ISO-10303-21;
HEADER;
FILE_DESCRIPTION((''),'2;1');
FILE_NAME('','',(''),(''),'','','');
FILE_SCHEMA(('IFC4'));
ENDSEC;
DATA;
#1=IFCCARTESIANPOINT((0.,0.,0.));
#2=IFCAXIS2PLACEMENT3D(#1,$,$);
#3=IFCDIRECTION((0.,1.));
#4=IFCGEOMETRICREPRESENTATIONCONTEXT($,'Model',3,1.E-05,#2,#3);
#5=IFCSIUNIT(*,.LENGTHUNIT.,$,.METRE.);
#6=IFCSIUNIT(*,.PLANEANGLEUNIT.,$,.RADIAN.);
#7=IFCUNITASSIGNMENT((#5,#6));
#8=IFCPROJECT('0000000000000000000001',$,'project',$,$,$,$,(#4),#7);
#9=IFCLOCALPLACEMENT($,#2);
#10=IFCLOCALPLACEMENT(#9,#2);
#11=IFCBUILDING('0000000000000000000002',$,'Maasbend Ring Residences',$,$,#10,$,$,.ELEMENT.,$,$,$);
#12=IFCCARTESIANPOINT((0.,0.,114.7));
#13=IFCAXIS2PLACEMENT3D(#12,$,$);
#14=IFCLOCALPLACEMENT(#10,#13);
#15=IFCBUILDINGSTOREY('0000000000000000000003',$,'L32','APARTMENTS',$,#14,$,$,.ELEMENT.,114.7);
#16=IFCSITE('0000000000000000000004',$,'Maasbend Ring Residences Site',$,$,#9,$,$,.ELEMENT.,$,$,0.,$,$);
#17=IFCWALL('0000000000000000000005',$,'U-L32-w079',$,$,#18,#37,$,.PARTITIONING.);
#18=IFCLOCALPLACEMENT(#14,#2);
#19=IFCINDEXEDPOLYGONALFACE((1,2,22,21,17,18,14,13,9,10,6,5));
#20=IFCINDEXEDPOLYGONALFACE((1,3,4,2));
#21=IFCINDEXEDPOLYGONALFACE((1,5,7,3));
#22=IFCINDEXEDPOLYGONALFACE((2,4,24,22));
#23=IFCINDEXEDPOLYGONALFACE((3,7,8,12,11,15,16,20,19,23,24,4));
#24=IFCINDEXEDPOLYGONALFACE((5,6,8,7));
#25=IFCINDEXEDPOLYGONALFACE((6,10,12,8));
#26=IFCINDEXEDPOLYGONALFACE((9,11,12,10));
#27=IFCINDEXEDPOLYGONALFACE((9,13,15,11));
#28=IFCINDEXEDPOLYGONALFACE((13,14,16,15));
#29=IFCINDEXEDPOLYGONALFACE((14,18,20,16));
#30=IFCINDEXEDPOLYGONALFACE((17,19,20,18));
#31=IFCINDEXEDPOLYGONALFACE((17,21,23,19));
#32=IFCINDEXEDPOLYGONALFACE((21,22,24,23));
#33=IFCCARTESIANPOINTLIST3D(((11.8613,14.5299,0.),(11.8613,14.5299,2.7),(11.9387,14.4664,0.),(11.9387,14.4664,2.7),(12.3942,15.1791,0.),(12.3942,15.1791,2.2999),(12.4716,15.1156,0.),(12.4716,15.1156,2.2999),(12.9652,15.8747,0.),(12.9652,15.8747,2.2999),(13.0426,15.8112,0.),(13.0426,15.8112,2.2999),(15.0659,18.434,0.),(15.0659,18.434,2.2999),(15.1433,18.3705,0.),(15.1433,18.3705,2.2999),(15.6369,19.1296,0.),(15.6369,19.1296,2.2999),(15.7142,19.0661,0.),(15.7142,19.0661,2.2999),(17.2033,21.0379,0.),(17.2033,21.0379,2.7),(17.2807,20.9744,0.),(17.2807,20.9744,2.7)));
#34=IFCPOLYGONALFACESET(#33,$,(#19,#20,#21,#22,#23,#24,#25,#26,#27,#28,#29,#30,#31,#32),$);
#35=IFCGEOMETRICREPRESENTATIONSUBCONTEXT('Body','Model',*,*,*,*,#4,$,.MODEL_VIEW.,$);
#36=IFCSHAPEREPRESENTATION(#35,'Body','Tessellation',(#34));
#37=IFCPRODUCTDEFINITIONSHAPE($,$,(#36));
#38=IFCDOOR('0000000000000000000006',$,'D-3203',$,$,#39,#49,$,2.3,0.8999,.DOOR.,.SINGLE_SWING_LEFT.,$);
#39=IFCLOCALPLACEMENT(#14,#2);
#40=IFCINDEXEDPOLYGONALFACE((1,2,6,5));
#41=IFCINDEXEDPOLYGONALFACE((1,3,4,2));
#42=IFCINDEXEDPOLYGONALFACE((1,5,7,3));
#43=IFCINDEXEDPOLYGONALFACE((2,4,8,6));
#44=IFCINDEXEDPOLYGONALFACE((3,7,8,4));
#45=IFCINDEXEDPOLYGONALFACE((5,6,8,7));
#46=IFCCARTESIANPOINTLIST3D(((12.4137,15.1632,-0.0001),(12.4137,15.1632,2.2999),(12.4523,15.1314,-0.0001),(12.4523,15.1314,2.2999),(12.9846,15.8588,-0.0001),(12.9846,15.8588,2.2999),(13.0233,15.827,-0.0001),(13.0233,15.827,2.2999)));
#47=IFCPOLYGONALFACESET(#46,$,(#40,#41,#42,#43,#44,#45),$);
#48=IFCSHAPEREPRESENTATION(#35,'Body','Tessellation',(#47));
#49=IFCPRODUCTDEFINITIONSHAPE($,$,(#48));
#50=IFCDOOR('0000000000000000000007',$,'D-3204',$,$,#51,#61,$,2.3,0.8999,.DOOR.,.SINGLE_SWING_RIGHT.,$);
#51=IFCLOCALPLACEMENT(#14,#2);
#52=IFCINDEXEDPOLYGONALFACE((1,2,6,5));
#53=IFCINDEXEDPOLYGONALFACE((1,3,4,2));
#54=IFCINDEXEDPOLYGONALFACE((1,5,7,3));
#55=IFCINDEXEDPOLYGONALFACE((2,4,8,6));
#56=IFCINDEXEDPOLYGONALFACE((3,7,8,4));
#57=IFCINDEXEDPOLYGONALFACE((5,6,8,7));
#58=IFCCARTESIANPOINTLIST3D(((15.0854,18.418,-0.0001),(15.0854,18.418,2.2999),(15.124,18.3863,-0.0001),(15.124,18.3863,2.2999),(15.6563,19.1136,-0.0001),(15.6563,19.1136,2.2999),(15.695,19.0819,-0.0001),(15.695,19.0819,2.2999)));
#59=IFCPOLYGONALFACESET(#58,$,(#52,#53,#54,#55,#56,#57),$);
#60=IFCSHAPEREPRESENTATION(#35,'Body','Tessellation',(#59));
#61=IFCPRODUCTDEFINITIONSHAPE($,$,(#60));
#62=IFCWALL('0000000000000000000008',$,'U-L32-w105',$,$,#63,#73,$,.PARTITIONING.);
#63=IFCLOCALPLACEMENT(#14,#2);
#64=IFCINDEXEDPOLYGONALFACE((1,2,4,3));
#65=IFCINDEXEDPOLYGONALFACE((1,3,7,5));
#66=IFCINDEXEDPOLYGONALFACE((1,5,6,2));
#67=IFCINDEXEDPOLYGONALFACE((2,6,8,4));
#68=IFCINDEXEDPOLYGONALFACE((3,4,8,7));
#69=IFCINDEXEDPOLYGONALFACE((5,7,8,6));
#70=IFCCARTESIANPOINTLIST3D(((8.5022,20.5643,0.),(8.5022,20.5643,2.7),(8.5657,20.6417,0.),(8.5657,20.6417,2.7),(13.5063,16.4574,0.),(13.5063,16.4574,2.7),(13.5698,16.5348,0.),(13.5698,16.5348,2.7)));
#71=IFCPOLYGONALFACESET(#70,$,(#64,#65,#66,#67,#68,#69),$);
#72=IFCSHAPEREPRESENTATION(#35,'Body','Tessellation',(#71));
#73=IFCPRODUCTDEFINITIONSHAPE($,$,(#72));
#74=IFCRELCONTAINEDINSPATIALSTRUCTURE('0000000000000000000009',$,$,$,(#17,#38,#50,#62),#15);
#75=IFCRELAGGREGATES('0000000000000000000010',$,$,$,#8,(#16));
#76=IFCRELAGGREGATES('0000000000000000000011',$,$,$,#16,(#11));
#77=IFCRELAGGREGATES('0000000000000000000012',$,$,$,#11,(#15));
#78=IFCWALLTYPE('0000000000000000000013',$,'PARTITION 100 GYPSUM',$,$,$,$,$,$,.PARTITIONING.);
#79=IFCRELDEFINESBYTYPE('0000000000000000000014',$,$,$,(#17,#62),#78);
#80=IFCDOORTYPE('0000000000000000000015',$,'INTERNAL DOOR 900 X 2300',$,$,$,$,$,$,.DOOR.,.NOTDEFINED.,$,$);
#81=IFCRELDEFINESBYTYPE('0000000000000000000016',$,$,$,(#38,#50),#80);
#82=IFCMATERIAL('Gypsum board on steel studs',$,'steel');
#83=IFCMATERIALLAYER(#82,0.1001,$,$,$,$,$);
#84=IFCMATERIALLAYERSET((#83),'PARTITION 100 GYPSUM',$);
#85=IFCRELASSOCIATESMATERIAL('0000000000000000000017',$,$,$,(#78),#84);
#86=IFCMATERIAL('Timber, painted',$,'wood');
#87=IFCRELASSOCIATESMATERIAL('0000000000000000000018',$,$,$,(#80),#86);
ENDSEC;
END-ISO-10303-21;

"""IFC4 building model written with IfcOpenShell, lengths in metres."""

from ifc_helpers import new_model, si_unit, direction, frame, frame_2d, origin, place, context, subcontext, project, spatial, rectangle, extrude, material, layer, layer_set, type_object, element, fill, save


model = new_model("IFC4")

# Units and contexts
model_context = context("Model", 3, precision=1e-05, world=origin(), true_north=direction((0.0, 1.0)))
body_context = subcontext(model_context, "Body", "Model", "MODEL_VIEW")
ifc_project = project(units=[si_unit("LENGTHUNIT", "METRE"), si_unit("PLANEANGLEUNIT", "RADIAN")], contexts=[model_context])

# Site, building, storey
site_placement = place(None, origin())
site = spatial("IfcSite", under=ifc_project, at=site_placement, Name="Maasbend Ring Residences Site", CompositionType="ELEMENT", RefElevation=0.0)
building_placement = place(site_placement, origin())
building = spatial("IfcBuilding", under=site, at=building_placement, Name="Maasbend Ring Residences", CompositionType="ELEMENT")
storey_placement = place(building_placement, frame((0.0, 0.0, 114.7)))
storey = spatial("IfcBuildingStorey", under=building, at=storey_placement, Name="L32", Description="APARTMENTS", CompositionType="ELEMENT", Elevation=114.7)

# Shared definitions
ifc_material_1 = material(Name="Gypsum board on steel studs", Category="steel")
ifc_layer_1 = layer(ifc_material_1, 0.1001)
ifc_layer_set_1 = layer_set([ifc_layer_1], Name="PARTITION 100 GYPSUM")
wall_type_1 = type_object("IfcWallType", Name="PARTITION 100 GYPSUM", PredefinedType="PARTITIONING", material=ifc_layer_set_1)
ifc_material_2 = material(Name="Timber, painted", Category="wood")
door_type_1 = type_object("IfcDoorType", Name="INTERNAL DOOR 900 X 2300", OperationType="NOTDEFINED", PredefinedType="DOOR", material=ifc_material_2)

# Wall, openings, doors
wall_1_placement = place(storey_placement, frame((11.8999, 14.498, 0.0), z_axis=(0.0, 0.0, 1.0), x_axis=(0.634465, 0.772951, 0.0)))
wall_1 = element("IfcWall", 1, at=wall_1_placement, inside=storey, type_object=wall_type_1, Name="U-L32-w079", PredefinedType="PARTITIONING", context=body_context, shape_type="SweptSolid", body=[
    extrude(rectangle(XDim=8.4197, YDim=0.1001, at=frame_2d((4.21, 0.0))), origin(), (0.0, 0.0, 1.0), 2.7),
])
opening_1_placement = place(wall_1_placement, frame((0.8401, 0.0, 0.0)))
opening_1 = element("IfcOpeningElement", 2, at=opening_1_placement, cuts=wall_1, PredefinedType="OPENING", context=body_context, shape_type="SweptSolid", body=[
    extrude(rectangle(XDim=0.8999, YDim=2.3, at=frame_2d((0.45, 1.1499))), frame((0.0, 0.0601, 0.0), z_axis=(0.0, -1.0, 0.0), x_axis=(1.0, 0.0, 0.0)), (0.0, 0.0, 1.0), 0.1201),
])
opening_2_placement = place(wall_1_placement, frame((5.051, 0.0, 0.0)))
opening_2 = element("IfcOpeningElement", 3, at=opening_2_placement, cuts=wall_1, PredefinedType="OPENING", context=body_context, shape_type="SweptSolid", body=[
    extrude(rectangle(XDim=0.8999, YDim=2.3, at=frame_2d((0.45, 1.1499))), frame((0.0, 0.0601, 0.0), z_axis=(0.0, -1.0, 0.0), x_axis=(1.0, 0.0, 0.0)), (0.0, 0.0, 1.0), 0.1201),
])
door_1_placement = place(opening_1_placement, origin())
door_1 = element("IfcDoor", 4, at=door_1_placement, inside=storey, type_object=door_type_1, Name="D-3203", OperationType="SINGLE_SWING_LEFT", OverallHeight=2.3, OverallWidth=0.8999, PredefinedType="DOOR", context=body_context, shape_type="SweptSolid", body=[
    extrude(rectangle(XDim=0.8999, YDim=2.3, at=frame_2d((0.45, 1.1499))), frame((0.0, 0.0249, 0.0), z_axis=(0.0, -1.0, 0.0), x_axis=(1.0, 0.0, 0.0)), (0.0, 0.0, 1.0), 0.05),
])
fill(opening_1, door_1)
door_2_placement = place(opening_2_placement, origin())
door_2 = element("IfcDoor", 5, at=door_2_placement, inside=storey, type_object=door_type_1, Name="D-3204", OperationType="SINGLE_SWING_RIGHT", OverallHeight=2.3, OverallWidth=0.8999, PredefinedType="DOOR", context=body_context, shape_type="SweptSolid", body=[
    extrude(rectangle(XDim=0.8999, YDim=2.3, at=frame_2d((0.45, 1.1499))), frame((0.0, 0.0249, 0.0), z_axis=(0.0, -1.0, 0.0), x_axis=(1.0, 0.0, 0.0)), (0.0, 0.0, 1.0), 0.05),
])
fill(opening_2, door_2)

# Wall
wall_2_placement = place(storey_placement, frame((8.5339, 20.603, 0.0), z_axis=(0.0, 0.0, 1.0), x_axis=(0.773, -0.634406, 0.0)))
element("IfcWall", 6, at=wall_2_placement, inside=storey, type_object=wall_type_1, Name="U-L32-w105", PredefinedType="PARTITIONING", context=body_context, shape_type="SweptSolid", body=[
    extrude(rectangle(XDim=6.4736, YDim=0.1001, at=frame_2d((3.2368, 0.0))), origin(), (0.0, 0.0, 1.0), 2.7),
])

save(model, "model.ifc")
